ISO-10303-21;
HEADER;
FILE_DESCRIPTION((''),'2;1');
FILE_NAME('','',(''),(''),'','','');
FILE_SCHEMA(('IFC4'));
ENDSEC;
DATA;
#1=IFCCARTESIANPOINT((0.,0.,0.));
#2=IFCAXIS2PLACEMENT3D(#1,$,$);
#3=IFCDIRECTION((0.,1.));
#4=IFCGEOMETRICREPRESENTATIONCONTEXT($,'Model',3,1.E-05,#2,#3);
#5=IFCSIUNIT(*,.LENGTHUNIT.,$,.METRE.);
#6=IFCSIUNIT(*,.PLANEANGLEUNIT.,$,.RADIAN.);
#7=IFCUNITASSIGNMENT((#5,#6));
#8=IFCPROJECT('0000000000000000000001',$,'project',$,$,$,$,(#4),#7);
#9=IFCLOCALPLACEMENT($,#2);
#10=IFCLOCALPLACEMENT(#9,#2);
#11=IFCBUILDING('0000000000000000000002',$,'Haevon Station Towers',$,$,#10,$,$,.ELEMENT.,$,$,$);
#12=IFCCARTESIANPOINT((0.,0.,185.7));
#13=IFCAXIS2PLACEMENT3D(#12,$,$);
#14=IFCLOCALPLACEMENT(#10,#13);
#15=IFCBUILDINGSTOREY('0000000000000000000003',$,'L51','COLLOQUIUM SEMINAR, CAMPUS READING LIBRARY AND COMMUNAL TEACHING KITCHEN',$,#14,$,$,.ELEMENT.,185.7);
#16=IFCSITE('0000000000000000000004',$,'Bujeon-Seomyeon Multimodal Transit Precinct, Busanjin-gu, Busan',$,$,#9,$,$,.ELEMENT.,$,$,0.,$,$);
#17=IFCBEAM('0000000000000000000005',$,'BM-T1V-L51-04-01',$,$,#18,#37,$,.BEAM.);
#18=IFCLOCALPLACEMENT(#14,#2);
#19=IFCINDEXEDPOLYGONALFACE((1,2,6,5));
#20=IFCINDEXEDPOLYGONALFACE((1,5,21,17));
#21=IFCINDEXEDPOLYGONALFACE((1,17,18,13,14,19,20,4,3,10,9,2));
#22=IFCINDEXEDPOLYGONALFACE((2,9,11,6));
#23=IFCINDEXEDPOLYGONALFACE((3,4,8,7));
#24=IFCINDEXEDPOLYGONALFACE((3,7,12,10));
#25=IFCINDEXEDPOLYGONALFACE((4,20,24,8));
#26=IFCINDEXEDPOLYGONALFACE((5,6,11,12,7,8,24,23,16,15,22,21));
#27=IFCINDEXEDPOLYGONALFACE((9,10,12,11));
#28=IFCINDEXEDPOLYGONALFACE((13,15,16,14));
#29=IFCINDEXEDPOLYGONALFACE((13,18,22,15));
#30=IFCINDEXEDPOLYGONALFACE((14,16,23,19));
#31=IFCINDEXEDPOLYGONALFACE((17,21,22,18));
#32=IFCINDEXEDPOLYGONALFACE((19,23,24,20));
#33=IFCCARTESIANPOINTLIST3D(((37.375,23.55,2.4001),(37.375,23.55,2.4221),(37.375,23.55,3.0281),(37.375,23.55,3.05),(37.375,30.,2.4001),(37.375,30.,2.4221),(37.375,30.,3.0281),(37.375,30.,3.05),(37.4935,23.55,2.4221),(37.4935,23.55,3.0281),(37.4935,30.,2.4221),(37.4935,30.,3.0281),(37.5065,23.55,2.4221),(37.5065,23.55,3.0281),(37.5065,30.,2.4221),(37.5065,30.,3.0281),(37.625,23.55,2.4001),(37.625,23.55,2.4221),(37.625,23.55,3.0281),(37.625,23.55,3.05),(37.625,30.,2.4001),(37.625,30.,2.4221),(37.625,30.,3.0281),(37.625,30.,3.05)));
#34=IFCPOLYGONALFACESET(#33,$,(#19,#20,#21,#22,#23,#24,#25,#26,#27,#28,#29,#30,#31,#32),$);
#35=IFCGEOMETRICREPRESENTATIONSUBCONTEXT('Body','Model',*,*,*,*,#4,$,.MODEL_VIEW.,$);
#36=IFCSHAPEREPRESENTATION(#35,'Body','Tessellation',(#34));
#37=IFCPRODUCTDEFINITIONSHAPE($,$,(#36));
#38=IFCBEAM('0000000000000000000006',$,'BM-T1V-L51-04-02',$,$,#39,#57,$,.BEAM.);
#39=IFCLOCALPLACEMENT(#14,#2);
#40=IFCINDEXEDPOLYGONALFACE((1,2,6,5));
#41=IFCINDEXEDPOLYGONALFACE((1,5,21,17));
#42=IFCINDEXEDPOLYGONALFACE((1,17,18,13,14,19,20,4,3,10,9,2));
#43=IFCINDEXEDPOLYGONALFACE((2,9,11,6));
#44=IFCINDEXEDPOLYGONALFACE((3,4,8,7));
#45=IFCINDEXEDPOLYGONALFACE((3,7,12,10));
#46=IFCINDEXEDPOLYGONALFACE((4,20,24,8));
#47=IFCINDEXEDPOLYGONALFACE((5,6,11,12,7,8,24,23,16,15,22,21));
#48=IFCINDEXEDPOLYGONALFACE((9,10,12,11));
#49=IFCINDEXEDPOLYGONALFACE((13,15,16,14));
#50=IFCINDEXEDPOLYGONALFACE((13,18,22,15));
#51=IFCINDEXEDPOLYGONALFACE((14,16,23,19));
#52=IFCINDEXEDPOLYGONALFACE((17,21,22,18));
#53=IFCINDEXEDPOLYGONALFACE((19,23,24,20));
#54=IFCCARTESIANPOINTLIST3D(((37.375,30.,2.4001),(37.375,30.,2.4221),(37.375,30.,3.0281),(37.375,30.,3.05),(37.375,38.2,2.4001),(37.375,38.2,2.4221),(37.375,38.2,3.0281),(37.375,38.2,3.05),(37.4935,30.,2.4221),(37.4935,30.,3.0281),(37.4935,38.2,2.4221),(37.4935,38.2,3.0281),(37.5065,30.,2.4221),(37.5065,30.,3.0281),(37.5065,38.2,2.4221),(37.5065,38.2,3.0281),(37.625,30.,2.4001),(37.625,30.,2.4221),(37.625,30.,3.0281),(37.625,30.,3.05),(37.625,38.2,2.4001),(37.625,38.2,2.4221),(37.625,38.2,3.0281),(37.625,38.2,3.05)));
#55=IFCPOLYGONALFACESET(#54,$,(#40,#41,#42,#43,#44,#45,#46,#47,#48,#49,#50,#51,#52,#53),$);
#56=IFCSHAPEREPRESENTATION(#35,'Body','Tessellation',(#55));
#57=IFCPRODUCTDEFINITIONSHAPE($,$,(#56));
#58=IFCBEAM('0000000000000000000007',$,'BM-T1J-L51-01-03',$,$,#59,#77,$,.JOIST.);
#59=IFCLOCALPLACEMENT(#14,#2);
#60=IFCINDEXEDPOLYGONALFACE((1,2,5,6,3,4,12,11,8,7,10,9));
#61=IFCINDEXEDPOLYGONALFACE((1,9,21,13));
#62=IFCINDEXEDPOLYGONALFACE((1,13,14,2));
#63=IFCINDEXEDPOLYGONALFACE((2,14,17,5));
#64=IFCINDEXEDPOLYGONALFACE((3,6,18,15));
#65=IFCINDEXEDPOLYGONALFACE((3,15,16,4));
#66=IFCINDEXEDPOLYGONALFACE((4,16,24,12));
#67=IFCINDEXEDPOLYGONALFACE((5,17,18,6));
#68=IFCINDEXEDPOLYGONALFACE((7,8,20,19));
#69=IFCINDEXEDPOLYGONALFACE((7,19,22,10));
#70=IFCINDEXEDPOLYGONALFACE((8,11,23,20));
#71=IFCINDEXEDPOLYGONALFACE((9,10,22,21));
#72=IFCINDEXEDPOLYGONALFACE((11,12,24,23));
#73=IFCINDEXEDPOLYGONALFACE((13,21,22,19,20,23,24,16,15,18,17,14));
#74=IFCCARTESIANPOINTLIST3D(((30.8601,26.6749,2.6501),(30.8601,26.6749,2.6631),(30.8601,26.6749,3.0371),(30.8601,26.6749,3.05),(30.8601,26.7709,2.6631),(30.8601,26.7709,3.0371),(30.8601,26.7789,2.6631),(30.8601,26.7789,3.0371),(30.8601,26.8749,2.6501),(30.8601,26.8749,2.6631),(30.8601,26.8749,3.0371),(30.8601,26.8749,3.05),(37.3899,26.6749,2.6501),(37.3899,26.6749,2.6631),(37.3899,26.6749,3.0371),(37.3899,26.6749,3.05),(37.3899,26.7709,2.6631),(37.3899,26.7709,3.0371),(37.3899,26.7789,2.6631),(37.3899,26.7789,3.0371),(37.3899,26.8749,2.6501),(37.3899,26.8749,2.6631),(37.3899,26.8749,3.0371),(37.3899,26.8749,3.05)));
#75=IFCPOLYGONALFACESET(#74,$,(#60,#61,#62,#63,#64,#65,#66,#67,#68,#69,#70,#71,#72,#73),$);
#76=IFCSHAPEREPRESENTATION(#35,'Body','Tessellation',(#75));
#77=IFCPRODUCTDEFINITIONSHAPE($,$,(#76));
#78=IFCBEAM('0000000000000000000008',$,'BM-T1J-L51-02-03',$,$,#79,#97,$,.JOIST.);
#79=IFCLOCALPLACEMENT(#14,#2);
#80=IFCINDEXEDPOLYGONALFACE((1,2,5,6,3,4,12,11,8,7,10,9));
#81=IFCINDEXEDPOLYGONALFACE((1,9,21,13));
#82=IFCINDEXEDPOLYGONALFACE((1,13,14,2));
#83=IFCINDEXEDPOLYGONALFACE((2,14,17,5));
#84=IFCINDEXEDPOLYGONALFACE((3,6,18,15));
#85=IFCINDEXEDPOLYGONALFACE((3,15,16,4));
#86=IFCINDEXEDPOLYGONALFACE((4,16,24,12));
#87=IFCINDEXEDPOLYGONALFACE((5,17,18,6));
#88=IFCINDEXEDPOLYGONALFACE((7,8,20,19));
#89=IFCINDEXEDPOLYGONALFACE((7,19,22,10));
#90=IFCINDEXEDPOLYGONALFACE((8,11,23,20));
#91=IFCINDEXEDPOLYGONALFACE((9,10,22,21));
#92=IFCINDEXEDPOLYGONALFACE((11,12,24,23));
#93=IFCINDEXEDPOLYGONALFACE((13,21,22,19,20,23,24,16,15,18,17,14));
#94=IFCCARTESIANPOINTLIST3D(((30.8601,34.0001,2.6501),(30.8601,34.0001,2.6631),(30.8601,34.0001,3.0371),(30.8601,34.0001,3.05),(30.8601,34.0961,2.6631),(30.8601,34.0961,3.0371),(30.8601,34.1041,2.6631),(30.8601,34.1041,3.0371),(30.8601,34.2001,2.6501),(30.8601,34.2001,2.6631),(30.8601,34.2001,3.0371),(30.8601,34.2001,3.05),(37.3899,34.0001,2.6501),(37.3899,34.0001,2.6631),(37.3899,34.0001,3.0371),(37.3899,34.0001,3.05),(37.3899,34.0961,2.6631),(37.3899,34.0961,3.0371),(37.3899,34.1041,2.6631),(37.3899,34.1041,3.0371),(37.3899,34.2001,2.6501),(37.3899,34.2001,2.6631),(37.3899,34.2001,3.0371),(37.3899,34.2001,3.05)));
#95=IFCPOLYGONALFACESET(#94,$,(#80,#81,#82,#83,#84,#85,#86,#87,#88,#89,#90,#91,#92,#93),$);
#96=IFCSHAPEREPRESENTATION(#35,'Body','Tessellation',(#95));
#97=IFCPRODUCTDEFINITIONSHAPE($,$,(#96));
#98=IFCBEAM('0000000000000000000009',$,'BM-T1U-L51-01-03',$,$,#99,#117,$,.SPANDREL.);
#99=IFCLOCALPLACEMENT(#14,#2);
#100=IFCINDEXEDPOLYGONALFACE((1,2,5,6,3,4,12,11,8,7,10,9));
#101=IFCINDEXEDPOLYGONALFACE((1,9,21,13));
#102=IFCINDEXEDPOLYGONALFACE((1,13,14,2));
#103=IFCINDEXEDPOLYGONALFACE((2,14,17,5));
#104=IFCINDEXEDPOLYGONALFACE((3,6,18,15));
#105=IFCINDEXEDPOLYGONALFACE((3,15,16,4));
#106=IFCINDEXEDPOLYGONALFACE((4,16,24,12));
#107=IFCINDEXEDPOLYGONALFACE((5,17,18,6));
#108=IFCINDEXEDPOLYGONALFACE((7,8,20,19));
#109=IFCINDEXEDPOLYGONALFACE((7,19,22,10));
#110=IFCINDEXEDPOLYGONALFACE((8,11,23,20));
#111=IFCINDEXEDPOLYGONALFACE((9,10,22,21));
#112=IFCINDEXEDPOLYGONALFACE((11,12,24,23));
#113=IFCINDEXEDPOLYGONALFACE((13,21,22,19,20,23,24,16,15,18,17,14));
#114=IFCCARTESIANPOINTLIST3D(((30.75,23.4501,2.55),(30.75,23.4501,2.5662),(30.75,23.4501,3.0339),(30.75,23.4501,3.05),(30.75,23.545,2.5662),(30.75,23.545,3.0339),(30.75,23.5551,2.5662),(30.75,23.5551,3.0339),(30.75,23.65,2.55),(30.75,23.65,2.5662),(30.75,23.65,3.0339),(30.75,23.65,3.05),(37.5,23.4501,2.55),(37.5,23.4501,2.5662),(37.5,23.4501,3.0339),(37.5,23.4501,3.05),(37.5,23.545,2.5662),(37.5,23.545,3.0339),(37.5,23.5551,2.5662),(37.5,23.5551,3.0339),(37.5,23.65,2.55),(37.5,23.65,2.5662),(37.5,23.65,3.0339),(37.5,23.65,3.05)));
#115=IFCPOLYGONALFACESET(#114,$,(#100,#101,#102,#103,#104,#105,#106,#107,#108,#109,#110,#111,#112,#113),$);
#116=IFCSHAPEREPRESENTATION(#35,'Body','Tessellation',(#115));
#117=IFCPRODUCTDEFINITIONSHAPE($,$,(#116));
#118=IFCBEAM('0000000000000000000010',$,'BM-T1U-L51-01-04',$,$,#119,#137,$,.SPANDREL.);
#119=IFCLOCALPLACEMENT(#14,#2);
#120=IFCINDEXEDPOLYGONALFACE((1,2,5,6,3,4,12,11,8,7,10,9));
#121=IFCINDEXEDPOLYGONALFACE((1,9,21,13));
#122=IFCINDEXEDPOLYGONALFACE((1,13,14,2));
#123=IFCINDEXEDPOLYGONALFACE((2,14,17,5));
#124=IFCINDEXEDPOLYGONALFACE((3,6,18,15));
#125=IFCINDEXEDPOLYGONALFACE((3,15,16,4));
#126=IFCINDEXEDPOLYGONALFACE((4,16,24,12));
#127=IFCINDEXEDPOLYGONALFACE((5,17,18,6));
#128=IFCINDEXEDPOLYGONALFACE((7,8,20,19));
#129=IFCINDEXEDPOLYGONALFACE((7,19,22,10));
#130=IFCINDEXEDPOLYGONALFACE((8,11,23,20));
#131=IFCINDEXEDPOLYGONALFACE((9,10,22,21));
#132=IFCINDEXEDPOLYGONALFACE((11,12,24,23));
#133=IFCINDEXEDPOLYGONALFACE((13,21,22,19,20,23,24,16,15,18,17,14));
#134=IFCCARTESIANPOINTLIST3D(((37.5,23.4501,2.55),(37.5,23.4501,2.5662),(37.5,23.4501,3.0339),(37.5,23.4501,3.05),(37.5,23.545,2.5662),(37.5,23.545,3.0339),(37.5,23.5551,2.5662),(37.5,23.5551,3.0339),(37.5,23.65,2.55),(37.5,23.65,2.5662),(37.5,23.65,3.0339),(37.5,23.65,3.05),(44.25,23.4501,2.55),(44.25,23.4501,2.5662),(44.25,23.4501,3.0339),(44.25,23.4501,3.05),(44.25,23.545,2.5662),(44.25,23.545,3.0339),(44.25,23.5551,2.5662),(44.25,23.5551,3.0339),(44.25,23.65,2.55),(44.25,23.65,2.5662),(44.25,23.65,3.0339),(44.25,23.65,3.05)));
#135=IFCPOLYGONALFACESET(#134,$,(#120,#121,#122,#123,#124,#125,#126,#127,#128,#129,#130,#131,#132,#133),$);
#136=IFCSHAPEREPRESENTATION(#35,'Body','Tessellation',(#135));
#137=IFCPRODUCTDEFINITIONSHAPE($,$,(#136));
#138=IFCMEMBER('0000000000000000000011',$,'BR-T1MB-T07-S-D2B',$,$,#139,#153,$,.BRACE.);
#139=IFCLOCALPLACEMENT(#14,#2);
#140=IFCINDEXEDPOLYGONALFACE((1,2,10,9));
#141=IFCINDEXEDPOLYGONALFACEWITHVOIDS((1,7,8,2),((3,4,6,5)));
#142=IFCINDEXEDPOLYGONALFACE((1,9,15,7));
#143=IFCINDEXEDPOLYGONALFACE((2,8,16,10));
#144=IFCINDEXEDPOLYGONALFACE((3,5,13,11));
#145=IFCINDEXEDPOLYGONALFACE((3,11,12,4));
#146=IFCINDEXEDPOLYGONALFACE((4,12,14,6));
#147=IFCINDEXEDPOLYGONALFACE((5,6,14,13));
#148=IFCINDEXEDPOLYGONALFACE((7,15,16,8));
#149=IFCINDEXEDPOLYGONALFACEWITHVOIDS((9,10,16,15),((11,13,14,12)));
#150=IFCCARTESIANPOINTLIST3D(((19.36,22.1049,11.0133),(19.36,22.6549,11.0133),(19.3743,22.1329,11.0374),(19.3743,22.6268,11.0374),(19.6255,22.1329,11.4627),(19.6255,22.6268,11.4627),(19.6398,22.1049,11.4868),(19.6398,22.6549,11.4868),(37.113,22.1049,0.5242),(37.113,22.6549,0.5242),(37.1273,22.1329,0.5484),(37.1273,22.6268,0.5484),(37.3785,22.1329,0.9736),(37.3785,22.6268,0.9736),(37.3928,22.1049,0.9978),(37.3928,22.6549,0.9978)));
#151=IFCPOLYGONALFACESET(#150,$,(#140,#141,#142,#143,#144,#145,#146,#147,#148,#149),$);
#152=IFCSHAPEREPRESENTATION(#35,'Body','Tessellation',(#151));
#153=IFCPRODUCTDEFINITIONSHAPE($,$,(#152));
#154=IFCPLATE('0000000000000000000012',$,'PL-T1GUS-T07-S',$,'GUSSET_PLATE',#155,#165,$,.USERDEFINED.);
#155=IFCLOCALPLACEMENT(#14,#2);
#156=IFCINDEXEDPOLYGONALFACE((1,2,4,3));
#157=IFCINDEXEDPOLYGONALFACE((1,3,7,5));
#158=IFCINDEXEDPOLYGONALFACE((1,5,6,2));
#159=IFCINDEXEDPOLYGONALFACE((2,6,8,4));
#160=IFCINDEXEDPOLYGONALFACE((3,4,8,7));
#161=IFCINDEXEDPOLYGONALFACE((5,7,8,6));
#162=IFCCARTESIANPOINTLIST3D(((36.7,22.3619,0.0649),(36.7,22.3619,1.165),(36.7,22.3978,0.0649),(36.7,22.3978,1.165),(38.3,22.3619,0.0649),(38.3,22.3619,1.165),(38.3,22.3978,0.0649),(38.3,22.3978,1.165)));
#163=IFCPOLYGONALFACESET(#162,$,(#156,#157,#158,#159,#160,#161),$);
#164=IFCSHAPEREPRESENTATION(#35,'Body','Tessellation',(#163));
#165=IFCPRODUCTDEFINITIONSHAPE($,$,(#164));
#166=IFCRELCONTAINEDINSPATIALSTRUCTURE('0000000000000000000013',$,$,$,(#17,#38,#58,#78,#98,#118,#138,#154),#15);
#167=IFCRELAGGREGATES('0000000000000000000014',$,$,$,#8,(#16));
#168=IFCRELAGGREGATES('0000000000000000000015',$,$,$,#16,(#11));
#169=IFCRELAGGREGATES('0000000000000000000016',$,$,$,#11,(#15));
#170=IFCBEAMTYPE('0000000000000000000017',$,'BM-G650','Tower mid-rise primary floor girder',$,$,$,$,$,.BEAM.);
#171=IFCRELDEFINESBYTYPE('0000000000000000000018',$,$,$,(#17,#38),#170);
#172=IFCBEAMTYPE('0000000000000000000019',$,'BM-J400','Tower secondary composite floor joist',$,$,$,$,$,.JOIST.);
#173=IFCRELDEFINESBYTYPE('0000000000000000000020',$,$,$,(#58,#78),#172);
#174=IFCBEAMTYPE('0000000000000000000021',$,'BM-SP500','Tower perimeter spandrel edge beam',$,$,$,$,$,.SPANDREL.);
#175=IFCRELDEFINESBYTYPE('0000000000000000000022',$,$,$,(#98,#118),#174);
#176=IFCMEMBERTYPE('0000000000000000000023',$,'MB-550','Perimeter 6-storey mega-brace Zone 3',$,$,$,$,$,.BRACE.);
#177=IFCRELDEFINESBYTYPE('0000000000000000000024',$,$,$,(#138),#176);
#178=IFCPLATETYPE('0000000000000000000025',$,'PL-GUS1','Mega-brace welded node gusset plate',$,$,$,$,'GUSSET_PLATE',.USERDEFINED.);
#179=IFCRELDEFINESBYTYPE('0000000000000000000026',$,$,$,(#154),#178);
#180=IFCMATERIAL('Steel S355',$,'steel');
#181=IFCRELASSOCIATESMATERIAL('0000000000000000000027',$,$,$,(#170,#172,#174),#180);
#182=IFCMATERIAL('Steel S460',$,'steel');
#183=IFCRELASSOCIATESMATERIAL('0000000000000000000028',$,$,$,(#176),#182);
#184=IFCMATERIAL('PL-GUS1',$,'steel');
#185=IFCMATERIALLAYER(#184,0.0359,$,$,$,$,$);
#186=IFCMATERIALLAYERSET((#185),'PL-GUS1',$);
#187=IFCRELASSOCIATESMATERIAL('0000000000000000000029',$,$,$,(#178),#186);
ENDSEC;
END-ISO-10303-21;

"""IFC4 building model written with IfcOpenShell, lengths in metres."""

from ifc_helpers import new_model, si_unit, direction, frame, origin, origin_2d, place, context, subcontext, project, spatial, rectangle, hollow_rectangle, i_section, extrude, material, layer, layer_set, material_profile, profile_set, type_object, element, save


model = new_model("IFC4")

# Units and contexts
model_context = context("Model", 3, precision=1e-05, world=origin(), true_north=direction((0.0, 1.0)))
body_context = subcontext(model_context, "Body", "Model", "MODEL_VIEW")
ifc_project = project(units=[si_unit("LENGTHUNIT", "METRE"), si_unit("PLANEANGLEUNIT", "RADIAN")], contexts=[model_context])

# Site, building, storey
site_placement = place(None, origin())
site = spatial("IfcSite", under=ifc_project, at=site_placement, Name="Bujeon-Seomyeon Multimodal Transit Precinct, Busanjin-gu, Busan", CompositionType="ELEMENT", RefElevation=0.0)
building_placement = place(site_placement, origin())
building = spatial("IfcBuilding", under=site, at=building_placement, Name="Haevon Station Towers", CompositionType="ELEMENT")
storey_placement = place(building_placement, frame((0.0, 0.0, 185.7)))
storey = spatial("IfcBuildingStorey", under=building, at=storey_placement, Name="L51", Description="COLLOQUIUM SEMINAR, CAMPUS READING LIBRARY AND COMMUNAL TEACHING KITCHEN", CompositionType="ELEMENT", Elevation=185.7)

# Shared definitions
ifc_material_1 = material(Name="Steel S355", Category="steel")

# Beams
ifc_material_profile_1 = material_profile(ifc_material_1, i_section(OverallWidth=0.25, OverallDepth=0.6499, WebThickness=0.0129, FlangeThickness=0.022, at=origin_2d()), Name="H-650x250x13x22")
ifc_profile_set_1 = profile_set([ifc_material_profile_1], Name="Steel S355")
beam_type_1 = type_object("IfcBeamType", Name="BM-G650", Description="Tower mid-rise primary floor girder", PredefinedType="BEAM", material=ifc_profile_set_1)
beam_1_placement = place(storey_placement, frame((37.5, 23.55, 2.7251), z_axis=(0.0, 1.0, 0.0), x_axis=(-1.0, 0.0, 0.0)))
element("IfcBeam", 1, at=beam_1_placement, inside=storey, type_object=beam_type_1, Name="BM-T1V-L51-04-01", PredefinedType="BEAM", context=body_context, shape_type="SweptSolid", body=[
    extrude(i_section(OverallWidth=0.25, OverallDepth=0.6499, WebThickness=0.0129, FlangeThickness=0.022, at=origin_2d()), origin(), (0.0, 0.0, 1.0), 6.45),
])
beam_2_placement = place(storey_placement, frame((37.5, 30.0, 2.7251), z_axis=(0.0, 1.0, 0.0), x_axis=(-1.0, 0.0, 0.0)))
element("IfcBeam", 2, at=beam_2_placement, inside=storey, type_object=beam_type_1, Name="BM-T1V-L51-04-02", PredefinedType="BEAM", context=body_context, shape_type="SweptSolid", body=[
    extrude(i_section(OverallWidth=0.25, OverallDepth=0.6499, WebThickness=0.0129, FlangeThickness=0.022, at=origin_2d()), origin(), (0.0, 0.0, 1.0), 8.2),
])
ifc_material_profile_2 = material_profile(ifc_material_1, i_section(OverallWidth=0.2, OverallDepth=0.3999, WebThickness=0.0081, FlangeThickness=0.0129, at=origin_2d()), Name="H-400x200x8x13")
ifc_profile_set_2 = profile_set([ifc_material_profile_2], Name="Steel S355")
beam_type_2 = type_object("IfcBeamType", Name="BM-J400", Description="Tower secondary composite floor joist", PredefinedType="JOIST", material=ifc_profile_set_2)
for number, where, z_axis, x_axis, name in (
    (3, (30.8601, 26.7749, 2.8501), (1.0, 0.0, 0.0), (0.0, 1.0, 0.0), "BM-T1J-L51-01-03"),
    (4, (30.8601, 34.1001, 2.8501), (1.0, 0.0, 0.0), (0.0, 1.0, 0.0), "BM-T1J-L51-02-03"),
):
    element("IfcBeam", number, at=place(storey_placement, frame(where, z_axis=z_axis, x_axis=x_axis)), inside=storey, type_object=beam_type_2, Name=name, PredefinedType="JOIST", context=body_context, shape_type="SweptSolid", body=[
        extrude(i_section(OverallWidth=0.2, OverallDepth=0.3999, WebThickness=0.0081, FlangeThickness=0.0129, at=origin_2d()), origin(), (0.0, 0.0, 1.0), 6.5298),
    ])
ifc_material_profile_3 = material_profile(ifc_material_1, i_section(OverallWidth=0.2, OverallDepth=0.5, WebThickness=0.01, FlangeThickness=0.0161, at=origin_2d()), Name="H-500x200x10x16")
ifc_profile_set_3 = profile_set([ifc_material_profile_3], Name="Steel S355")
beam_type_3 = type_object("IfcBeamType", Name="BM-SP500", Description="Tower perimeter spandrel edge beam", PredefinedType="SPANDREL", material=ifc_profile_set_3)
for number, where, z_axis, x_axis, name in (
    (5, (30.75, 23.55, 2.8), (1.0, 0.0, 0.0), (0.0, 1.0, 0.0), "BM-T1U-L51-01-03"),
    (6, (37.5, 23.55, 2.8), (1.0, 0.0, 0.0), (0.0, 1.0, 0.0), "BM-T1U-L51-01-04"),
):
    element("IfcBeam", number, at=place(storey_placement, frame(where, z_axis=z_axis, x_axis=x_axis)), inside=storey, type_object=beam_type_3, Name=name, PredefinedType="SPANDREL", context=body_context, shape_type="SweptSolid", body=[
        extrude(i_section(OverallWidth=0.2, OverallDepth=0.5, WebThickness=0.01, FlangeThickness=0.0161, at=origin_2d()), origin(), (0.0, 0.0, 1.0), 6.75),
    ])

# Member
ifc_material_2 = material(Name="Steel S460", Category="steel")
ifc_material_profile_4 = material_profile(ifc_material_2, hollow_rectangle(XDim=0.55, YDim=0.55, WallThickness=0.0281, at=origin_2d()), Name="RHS-550x550x28")
ifc_profile_set_4 = profile_set([ifc_material_profile_4], Name="Steel S460")
member_type = type_object("IfcMemberType", Name="MB-550", Description="Perimeter 6-storey mega-brace Zone 3", PredefinedType="BRACE", material=ifc_profile_set_4)
member_placement = place(storey_placement, frame((37.2529, 22.3799, 0.761), z_axis=(-0.860955, 0.0, 0.508681), x_axis=(0.0, -1.0, 0.0)))
element("IfcMember", 7, at=member_placement, inside=storey, type_object=member_type, Name="BR-T1MB-T07-S-D2B", PredefinedType="BRACE", context=body_context, shape_type="SweptSolid", body=[
    extrude(hollow_rectangle(XDim=0.55, YDim=0.55, WallThickness=0.0281, at=origin_2d()), origin(), (0.0, 0.0, 1.0), 20.6201),
])

# Plate
ifc_material_3 = material(Name="PL-GUS1", Category="steel")
ifc_layer_1 = layer(ifc_material_3, 0.0359)
ifc_layer_set_1 = layer_set([ifc_layer_1], Name="PL-GUS1")
plate_type = type_object("IfcPlateType", Name="PL-GUS1", Description="Mega-brace welded node gusset plate", ElementType="GUSSET_PLATE", PredefinedType="USERDEFINED", material=ifc_layer_set_1)
plate_placement = place(storey_placement, frame((37.5, 22.3799, 0.0649), z_axis=(0.0, 0.0, 1.0), x_axis=(1.0, 0.0, 0.0)))
element("IfcPlate", 8, at=plate_placement, inside=storey, type_object=plate_type, Name="PL-T1GUS-T07-S", ObjectType="GUSSET_PLATE", PredefinedType="USERDEFINED", context=body_context, shape_type="SweptSolid", body=[
    extrude(rectangle(XDim=1.6001, YDim=0.0359, at=origin_2d()), origin(), (0.0, 0.0, 1.0), 1.1001),
])

save(model, "model.ifc")
